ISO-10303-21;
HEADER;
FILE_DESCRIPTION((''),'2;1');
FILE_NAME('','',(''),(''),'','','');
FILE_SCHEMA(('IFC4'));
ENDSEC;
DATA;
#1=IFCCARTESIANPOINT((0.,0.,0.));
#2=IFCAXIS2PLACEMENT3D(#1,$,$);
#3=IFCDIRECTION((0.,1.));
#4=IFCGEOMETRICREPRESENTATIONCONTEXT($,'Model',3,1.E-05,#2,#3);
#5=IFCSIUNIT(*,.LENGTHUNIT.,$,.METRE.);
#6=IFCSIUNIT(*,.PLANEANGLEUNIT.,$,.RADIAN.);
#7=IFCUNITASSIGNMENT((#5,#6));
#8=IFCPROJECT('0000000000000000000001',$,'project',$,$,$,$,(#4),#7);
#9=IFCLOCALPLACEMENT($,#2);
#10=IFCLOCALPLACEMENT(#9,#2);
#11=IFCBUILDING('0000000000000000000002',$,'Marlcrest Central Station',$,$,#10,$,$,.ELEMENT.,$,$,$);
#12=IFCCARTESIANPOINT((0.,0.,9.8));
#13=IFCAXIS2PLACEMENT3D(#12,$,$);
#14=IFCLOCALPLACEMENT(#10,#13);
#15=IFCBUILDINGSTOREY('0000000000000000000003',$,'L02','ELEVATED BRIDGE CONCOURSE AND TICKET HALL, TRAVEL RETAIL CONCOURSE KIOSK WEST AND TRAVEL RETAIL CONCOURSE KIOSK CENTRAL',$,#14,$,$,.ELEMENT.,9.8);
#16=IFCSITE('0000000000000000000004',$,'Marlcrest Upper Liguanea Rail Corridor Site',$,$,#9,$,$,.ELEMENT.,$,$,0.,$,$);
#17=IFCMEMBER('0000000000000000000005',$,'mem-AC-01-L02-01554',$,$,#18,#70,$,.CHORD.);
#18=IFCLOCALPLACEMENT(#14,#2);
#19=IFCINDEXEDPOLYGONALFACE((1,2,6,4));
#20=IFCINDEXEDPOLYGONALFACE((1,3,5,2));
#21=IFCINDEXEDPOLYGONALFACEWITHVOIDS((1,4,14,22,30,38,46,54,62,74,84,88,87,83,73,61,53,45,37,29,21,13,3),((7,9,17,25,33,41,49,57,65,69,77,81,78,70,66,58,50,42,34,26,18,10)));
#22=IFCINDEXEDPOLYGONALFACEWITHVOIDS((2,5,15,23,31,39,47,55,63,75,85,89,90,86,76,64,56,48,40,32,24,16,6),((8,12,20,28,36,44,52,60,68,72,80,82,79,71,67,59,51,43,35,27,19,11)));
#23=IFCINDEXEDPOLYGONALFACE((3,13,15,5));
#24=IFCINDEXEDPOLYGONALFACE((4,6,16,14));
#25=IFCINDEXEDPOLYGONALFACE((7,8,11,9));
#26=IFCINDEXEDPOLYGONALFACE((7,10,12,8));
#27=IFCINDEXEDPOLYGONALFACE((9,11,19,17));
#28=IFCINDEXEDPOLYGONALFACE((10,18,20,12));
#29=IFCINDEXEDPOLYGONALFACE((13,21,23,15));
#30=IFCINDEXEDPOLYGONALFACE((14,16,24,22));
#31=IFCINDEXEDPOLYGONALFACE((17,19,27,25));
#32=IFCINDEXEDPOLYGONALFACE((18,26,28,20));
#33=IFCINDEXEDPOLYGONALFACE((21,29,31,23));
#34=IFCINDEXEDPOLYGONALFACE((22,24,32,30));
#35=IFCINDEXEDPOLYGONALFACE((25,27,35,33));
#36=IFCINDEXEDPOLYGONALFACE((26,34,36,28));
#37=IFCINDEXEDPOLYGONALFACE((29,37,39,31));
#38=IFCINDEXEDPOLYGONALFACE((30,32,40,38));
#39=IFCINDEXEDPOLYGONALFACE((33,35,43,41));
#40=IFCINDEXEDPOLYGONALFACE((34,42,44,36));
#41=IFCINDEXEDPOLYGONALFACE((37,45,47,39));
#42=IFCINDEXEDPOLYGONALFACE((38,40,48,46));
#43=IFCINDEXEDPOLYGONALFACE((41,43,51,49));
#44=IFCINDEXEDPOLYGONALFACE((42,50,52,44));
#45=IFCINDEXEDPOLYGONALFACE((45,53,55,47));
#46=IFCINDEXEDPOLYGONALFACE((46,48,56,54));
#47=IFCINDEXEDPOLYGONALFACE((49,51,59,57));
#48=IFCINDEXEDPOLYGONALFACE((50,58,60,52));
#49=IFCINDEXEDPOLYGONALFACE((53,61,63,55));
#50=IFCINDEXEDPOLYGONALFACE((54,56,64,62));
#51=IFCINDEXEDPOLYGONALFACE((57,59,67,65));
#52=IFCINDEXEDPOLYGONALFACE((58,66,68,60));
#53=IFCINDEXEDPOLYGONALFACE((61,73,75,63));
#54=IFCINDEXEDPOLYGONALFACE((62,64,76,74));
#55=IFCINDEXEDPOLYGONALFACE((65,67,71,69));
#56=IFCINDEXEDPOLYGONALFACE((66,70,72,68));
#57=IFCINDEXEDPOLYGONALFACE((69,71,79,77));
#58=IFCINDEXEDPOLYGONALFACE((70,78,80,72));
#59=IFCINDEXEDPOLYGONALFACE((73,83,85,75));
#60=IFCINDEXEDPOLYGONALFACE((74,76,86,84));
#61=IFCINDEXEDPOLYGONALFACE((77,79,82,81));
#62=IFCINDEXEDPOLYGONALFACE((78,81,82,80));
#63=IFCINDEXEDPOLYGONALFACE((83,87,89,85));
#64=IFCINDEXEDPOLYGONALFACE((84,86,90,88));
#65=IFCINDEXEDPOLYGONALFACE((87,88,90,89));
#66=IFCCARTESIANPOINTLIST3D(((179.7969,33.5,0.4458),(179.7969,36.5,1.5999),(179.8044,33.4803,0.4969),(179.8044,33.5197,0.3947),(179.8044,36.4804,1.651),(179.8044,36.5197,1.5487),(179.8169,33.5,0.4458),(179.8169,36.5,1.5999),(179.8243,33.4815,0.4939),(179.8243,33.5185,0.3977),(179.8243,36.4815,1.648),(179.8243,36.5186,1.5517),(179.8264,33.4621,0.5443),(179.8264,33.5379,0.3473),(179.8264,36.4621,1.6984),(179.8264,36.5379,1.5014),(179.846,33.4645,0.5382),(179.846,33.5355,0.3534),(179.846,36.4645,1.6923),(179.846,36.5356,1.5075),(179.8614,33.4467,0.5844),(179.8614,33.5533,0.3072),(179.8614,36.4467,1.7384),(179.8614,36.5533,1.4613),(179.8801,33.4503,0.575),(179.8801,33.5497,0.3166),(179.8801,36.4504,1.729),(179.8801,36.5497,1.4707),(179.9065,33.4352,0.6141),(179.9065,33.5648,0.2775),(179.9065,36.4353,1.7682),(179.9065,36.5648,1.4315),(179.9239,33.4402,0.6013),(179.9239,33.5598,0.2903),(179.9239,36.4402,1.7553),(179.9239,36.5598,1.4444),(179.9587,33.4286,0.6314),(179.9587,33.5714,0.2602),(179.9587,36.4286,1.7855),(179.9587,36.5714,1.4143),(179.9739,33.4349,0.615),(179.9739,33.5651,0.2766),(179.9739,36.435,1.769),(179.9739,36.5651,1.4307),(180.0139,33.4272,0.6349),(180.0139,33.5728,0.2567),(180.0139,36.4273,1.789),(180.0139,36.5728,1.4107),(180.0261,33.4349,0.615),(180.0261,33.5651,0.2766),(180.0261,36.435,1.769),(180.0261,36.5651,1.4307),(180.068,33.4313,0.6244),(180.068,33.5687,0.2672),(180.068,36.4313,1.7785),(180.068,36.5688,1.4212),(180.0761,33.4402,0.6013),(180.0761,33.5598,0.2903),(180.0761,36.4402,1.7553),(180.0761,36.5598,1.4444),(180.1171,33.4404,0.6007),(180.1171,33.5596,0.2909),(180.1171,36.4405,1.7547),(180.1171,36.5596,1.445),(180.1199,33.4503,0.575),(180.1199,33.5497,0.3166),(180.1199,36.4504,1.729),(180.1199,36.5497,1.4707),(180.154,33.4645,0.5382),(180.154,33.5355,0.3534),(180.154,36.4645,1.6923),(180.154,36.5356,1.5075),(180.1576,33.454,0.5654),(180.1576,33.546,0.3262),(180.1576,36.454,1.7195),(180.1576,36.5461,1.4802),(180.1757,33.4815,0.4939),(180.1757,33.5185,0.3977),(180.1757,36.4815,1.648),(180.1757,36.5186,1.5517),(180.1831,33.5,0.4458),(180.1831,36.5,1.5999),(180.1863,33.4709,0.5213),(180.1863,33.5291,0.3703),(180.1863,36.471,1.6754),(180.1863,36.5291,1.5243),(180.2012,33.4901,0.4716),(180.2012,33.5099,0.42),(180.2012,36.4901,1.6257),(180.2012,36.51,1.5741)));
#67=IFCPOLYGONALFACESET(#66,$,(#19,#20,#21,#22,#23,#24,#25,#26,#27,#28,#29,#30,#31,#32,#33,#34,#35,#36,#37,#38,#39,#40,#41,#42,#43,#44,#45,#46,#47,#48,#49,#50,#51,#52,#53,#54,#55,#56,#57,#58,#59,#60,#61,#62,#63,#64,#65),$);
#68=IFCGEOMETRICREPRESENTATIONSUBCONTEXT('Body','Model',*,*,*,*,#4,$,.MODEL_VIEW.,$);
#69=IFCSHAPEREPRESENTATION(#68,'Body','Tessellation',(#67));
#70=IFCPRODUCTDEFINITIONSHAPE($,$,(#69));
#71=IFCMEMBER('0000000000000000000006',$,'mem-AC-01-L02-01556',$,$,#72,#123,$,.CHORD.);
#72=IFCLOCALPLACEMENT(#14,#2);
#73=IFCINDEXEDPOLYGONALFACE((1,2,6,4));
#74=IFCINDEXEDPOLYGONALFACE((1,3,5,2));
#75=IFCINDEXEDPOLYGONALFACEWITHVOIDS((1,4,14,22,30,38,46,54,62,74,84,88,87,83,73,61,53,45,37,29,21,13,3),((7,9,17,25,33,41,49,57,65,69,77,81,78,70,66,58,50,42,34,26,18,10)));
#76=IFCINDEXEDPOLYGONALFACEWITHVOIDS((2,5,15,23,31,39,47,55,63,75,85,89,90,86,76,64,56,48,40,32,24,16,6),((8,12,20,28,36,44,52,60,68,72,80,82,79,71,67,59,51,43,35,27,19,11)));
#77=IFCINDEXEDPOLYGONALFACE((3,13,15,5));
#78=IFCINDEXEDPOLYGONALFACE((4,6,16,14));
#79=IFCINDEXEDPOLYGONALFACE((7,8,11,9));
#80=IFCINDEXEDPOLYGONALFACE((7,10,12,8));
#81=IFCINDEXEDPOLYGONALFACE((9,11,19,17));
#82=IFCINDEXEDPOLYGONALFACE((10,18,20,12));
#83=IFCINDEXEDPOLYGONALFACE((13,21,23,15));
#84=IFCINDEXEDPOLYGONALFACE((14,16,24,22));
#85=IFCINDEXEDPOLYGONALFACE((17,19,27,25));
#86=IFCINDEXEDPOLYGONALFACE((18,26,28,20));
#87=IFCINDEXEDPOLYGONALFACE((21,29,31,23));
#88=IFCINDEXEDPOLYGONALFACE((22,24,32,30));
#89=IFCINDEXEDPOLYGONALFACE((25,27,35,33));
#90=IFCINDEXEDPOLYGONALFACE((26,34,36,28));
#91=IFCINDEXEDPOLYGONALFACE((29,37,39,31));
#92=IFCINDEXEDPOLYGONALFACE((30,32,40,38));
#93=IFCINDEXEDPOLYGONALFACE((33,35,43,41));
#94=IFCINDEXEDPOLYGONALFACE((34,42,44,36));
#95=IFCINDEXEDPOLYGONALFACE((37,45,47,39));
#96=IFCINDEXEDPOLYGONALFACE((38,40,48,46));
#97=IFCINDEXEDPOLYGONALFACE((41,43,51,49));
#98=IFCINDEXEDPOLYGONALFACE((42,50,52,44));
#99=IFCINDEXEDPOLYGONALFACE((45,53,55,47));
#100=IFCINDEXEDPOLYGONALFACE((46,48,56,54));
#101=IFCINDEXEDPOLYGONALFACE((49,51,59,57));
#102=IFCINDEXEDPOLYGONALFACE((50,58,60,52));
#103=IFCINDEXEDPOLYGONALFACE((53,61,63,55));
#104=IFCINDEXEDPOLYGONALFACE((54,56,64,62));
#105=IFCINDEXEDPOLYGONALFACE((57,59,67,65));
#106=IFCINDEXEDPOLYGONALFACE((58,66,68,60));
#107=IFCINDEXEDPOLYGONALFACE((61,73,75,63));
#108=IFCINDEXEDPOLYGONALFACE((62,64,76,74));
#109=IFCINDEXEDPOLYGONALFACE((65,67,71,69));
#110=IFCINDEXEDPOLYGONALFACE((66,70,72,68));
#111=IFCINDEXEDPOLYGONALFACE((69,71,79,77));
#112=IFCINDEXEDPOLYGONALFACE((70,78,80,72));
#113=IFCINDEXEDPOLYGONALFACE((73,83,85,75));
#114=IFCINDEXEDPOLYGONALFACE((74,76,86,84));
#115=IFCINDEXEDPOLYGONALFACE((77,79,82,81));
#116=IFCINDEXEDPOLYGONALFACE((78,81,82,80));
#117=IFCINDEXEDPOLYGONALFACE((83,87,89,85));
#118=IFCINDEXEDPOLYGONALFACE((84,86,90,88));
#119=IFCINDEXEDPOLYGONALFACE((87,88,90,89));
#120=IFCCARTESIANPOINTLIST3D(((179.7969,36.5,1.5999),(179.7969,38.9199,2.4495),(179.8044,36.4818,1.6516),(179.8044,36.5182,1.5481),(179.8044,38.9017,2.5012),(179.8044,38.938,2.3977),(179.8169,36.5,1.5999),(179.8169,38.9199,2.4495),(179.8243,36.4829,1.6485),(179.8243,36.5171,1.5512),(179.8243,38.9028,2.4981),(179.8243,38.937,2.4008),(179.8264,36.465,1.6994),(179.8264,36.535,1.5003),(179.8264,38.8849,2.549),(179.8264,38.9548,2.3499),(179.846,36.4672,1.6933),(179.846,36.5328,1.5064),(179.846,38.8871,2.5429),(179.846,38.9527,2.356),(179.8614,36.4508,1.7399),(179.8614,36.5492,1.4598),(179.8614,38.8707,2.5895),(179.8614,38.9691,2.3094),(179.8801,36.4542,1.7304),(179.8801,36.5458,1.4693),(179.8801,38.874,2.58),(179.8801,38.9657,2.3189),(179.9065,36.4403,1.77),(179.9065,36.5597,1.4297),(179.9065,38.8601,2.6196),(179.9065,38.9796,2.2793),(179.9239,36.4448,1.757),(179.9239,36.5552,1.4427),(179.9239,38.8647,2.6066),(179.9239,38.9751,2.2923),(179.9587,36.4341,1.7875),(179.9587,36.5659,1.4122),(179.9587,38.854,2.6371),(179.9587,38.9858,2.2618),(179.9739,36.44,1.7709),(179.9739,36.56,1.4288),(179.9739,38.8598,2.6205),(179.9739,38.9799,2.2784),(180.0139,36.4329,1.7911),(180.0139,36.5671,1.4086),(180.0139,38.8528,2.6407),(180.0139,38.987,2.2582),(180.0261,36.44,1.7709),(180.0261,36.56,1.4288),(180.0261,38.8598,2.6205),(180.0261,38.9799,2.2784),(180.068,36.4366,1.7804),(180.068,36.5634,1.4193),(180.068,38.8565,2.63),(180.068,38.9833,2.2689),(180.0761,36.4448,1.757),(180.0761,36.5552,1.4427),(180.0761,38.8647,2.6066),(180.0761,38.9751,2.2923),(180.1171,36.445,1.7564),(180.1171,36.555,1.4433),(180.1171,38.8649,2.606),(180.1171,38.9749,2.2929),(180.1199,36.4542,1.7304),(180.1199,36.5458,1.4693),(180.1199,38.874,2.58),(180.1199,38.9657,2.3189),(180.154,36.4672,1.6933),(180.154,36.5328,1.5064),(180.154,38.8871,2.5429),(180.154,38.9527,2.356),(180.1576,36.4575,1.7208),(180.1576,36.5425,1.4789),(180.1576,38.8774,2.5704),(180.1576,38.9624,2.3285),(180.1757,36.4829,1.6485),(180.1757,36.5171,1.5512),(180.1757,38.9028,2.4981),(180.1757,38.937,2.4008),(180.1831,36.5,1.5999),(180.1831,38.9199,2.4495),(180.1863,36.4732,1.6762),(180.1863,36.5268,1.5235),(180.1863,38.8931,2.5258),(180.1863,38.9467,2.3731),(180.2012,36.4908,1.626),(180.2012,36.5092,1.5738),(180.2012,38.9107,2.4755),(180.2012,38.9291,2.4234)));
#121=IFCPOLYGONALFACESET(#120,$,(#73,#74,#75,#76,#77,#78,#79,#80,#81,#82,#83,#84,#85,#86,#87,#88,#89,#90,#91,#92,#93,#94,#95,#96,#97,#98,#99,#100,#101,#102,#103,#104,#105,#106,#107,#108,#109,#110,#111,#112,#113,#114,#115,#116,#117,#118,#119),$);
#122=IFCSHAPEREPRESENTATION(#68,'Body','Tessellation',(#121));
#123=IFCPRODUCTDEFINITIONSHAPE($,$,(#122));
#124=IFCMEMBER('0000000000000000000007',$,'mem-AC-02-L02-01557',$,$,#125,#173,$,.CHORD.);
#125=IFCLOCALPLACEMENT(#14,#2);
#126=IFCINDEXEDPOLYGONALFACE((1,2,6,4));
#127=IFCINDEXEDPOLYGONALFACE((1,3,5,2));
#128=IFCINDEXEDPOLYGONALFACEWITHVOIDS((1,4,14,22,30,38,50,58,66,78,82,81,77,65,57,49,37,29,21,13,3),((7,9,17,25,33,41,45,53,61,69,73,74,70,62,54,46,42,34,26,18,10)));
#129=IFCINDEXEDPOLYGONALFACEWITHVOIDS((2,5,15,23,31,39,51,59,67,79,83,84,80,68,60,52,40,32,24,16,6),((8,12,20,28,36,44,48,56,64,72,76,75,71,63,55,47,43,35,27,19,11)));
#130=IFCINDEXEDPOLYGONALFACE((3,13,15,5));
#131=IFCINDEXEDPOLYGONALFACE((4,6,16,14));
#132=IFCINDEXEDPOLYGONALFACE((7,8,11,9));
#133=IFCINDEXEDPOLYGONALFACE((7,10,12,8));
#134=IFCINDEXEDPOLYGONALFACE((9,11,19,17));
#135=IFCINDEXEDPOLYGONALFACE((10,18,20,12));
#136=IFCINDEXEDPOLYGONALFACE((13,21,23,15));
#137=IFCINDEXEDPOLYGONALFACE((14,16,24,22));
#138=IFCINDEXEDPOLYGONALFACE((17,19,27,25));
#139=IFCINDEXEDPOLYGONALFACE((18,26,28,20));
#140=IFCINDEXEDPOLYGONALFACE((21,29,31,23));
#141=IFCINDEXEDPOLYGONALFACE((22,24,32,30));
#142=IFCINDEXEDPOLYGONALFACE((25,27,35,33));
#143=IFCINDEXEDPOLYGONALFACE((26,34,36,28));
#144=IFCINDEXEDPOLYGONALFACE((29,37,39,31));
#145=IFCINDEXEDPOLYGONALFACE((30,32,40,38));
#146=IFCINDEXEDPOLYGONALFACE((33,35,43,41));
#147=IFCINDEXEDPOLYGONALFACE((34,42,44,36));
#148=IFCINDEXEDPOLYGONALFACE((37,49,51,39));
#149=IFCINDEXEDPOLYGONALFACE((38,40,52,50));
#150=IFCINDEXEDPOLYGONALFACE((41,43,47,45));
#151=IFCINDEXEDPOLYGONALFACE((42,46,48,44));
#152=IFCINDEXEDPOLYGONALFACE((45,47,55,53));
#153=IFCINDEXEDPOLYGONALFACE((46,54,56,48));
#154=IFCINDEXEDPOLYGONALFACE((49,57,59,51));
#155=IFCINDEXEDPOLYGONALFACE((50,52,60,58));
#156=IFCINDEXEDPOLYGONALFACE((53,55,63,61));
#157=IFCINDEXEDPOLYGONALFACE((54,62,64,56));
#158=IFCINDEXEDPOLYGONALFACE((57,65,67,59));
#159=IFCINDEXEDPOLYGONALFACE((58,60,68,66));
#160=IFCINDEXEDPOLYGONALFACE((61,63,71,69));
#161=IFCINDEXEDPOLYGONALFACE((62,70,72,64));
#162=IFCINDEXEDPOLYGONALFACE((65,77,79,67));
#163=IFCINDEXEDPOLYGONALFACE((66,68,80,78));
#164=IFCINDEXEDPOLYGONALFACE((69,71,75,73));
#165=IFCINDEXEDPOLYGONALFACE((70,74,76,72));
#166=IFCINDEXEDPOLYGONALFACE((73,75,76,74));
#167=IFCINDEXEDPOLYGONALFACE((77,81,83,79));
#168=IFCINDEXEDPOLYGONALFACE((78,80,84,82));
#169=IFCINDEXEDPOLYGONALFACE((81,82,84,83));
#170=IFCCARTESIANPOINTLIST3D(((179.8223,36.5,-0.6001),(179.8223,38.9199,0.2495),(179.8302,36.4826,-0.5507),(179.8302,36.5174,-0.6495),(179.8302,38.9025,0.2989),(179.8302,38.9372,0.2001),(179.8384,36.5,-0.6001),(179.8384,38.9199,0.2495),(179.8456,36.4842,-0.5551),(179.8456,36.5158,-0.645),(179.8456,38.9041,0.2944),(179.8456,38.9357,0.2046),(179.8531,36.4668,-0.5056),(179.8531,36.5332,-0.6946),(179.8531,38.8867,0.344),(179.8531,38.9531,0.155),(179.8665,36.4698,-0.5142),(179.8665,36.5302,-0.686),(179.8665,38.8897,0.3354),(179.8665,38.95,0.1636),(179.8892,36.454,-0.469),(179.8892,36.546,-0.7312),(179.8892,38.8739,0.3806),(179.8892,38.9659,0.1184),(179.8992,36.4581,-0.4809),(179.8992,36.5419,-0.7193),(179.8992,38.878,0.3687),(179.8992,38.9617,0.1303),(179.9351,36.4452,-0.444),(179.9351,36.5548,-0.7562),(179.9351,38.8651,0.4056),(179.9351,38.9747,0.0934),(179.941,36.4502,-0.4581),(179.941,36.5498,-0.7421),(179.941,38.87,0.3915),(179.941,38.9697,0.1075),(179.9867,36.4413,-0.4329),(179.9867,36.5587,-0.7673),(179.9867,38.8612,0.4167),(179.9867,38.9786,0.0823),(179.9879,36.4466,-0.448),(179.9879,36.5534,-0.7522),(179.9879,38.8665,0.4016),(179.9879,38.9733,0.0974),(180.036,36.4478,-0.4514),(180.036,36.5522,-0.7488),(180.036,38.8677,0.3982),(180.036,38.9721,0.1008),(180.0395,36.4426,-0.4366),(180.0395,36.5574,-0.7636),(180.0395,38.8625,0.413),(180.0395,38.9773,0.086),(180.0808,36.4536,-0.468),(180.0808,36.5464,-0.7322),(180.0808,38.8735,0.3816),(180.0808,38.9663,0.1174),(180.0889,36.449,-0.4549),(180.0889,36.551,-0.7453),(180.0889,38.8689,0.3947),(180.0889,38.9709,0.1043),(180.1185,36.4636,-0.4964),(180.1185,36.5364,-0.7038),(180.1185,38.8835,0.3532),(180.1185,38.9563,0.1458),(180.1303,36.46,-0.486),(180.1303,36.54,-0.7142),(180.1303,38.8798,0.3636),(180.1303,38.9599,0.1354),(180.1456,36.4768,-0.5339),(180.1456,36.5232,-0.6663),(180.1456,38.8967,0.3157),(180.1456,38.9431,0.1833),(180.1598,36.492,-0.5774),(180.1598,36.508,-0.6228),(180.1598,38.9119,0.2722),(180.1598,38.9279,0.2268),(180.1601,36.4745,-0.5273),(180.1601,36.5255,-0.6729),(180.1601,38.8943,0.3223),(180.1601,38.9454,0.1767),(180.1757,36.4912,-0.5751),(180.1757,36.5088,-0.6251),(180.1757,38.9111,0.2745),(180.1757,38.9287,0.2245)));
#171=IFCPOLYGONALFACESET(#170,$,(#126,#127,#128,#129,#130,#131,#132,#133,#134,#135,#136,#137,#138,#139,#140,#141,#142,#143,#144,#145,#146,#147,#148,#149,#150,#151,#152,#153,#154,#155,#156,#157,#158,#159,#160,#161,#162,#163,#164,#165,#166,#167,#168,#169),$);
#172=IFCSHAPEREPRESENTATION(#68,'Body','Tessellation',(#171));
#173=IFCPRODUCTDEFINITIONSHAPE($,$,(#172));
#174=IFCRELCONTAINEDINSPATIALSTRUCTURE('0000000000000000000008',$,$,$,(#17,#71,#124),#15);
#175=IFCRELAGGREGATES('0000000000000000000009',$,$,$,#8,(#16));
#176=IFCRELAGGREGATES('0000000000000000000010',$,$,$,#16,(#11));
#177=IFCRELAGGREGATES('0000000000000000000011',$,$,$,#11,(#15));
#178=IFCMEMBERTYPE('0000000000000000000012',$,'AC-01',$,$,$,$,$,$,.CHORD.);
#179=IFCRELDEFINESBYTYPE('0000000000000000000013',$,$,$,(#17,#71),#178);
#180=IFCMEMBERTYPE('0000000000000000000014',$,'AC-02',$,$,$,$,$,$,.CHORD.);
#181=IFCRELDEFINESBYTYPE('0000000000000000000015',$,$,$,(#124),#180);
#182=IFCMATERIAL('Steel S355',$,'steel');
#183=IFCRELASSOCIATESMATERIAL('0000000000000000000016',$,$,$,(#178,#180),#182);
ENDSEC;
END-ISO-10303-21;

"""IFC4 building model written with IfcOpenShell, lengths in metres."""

from ifc_helpers import new_model, si_unit, direction, frame, origin, origin_2d, place, context, subcontext, project, spatial, hollow_circle, extrude, material, material_profile, profile_set, type_object, element, save


model = new_model("IFC4")

# Units and contexts
model_context = context("Model", 3, precision=1e-05, world=origin(), true_north=direction((0.0, 1.0)))
body_context = subcontext(model_context, "Body", "Model", "MODEL_VIEW")
ifc_project = project(units=[si_unit("LENGTHUNIT", "METRE"), si_unit("PLANEANGLEUNIT", "RADIAN")], contexts=[model_context])

# Site, building, storey
site_placement = place(None, origin())
site = spatial("IfcSite", under=ifc_project, at=site_placement, Name="Marlcrest Upper Liguanea Rail Corridor Site", CompositionType="ELEMENT", RefElevation=0.0)
building_placement = place(site_placement, origin())
building = spatial("IfcBuilding", under=site, at=building_placement, Name="Marlcrest Central Station", CompositionType="ELEMENT")
storey_placement = place(building_placement, frame((0.0, 0.0, 9.8)))
storey = spatial("IfcBuildingStorey", under=building, at=storey_placement, Name="L02", Description="ELEVATED BRIDGE CONCOURSE AND TICKET HALL, TRAVEL RETAIL CONCOURSE KIOSK WEST AND TRAVEL RETAIL CONCOURSE KIOSK CENTRAL", CompositionType="ELEMENT", Elevation=9.8)

# Members
ifc_material_1 = material(Name="Steel S355", Category="steel")
ifc_material_profile_1 = material_profile(ifc_material_1, hollow_circle(Radius=0.2031, WallThickness=0.02, at=origin_2d()), Name="CHS 406.4x20")
ifc_profile_set_1 = profile_set([ifc_material_profile_1], Name="Steel S355")
member_type_1 = type_object("IfcMemberType", Name="AC-01", PredefinedType="CHORD", material=ifc_profile_set_1)
member_1_placement = place(storey_placement, frame((180.0, 33.5, 0.4458), z_axis=(0.0, 0.933324, 0.359035), x_axis=(-1.0, 0.0, 0.0)))
element("IfcMember", 1, at=member_1_placement, inside=storey, type_object=member_type_1, Name="mem-AC-01-L02-01554", PredefinedType="CHORD", context=body_context, shape_type="SweptSolid", body=[
    extrude(hollow_circle(Radius=0.2031, WallThickness=0.02, at=origin_2d()), origin(), (0.0, 0.0, 1.0), 3.2144),
])
member_2_placement = place(storey_placement, frame((180.0, 36.5, 1.5999), z_axis=(0.0, 0.943537, 0.331266), x_axis=(-1.0, 0.0, 0.0)))
element("IfcMember", 2, at=member_2_placement, inside=storey, type_object=member_type_1, Name="mem-AC-01-L02-01556", PredefinedType="CHORD", context=body_context, shape_type="SweptSolid", body=[
    extrude(hollow_circle(Radius=0.2031, WallThickness=0.02, at=origin_2d()), origin(), (0.0, 0.0, 1.0), 2.5647),
])
ifc_material_profile_2 = material_profile(ifc_material_1, hollow_circle(Radius=0.1777, WallThickness=0.0161, at=origin_2d()), Name="CHS 355.6x16")
ifc_profile_set_2 = profile_set([ifc_material_profile_2], Name="Steel S355")
member_type_2 = type_object("IfcMemberType", Name="AC-02", PredefinedType="CHORD", material=ifc_profile_set_2)
member_3_placement = place(storey_placement, frame((180.0, 36.5, -0.6001), z_axis=(0.0, 0.943537, 0.331266), x_axis=(-1.0, 0.0, 0.0)))
element("IfcMember", 3, at=member_3_placement, inside=storey, type_object=member_type_2, Name="mem-AC-02-L02-01557", PredefinedType="CHORD", context=body_context, shape_type="SweptSolid", body=[
    extrude(hollow_circle(Radius=0.1777, WallThickness=0.0161, at=origin_2d()), origin(), (0.0, 0.0, 1.0), 2.5647),
])

save(model, "model.ifc")
